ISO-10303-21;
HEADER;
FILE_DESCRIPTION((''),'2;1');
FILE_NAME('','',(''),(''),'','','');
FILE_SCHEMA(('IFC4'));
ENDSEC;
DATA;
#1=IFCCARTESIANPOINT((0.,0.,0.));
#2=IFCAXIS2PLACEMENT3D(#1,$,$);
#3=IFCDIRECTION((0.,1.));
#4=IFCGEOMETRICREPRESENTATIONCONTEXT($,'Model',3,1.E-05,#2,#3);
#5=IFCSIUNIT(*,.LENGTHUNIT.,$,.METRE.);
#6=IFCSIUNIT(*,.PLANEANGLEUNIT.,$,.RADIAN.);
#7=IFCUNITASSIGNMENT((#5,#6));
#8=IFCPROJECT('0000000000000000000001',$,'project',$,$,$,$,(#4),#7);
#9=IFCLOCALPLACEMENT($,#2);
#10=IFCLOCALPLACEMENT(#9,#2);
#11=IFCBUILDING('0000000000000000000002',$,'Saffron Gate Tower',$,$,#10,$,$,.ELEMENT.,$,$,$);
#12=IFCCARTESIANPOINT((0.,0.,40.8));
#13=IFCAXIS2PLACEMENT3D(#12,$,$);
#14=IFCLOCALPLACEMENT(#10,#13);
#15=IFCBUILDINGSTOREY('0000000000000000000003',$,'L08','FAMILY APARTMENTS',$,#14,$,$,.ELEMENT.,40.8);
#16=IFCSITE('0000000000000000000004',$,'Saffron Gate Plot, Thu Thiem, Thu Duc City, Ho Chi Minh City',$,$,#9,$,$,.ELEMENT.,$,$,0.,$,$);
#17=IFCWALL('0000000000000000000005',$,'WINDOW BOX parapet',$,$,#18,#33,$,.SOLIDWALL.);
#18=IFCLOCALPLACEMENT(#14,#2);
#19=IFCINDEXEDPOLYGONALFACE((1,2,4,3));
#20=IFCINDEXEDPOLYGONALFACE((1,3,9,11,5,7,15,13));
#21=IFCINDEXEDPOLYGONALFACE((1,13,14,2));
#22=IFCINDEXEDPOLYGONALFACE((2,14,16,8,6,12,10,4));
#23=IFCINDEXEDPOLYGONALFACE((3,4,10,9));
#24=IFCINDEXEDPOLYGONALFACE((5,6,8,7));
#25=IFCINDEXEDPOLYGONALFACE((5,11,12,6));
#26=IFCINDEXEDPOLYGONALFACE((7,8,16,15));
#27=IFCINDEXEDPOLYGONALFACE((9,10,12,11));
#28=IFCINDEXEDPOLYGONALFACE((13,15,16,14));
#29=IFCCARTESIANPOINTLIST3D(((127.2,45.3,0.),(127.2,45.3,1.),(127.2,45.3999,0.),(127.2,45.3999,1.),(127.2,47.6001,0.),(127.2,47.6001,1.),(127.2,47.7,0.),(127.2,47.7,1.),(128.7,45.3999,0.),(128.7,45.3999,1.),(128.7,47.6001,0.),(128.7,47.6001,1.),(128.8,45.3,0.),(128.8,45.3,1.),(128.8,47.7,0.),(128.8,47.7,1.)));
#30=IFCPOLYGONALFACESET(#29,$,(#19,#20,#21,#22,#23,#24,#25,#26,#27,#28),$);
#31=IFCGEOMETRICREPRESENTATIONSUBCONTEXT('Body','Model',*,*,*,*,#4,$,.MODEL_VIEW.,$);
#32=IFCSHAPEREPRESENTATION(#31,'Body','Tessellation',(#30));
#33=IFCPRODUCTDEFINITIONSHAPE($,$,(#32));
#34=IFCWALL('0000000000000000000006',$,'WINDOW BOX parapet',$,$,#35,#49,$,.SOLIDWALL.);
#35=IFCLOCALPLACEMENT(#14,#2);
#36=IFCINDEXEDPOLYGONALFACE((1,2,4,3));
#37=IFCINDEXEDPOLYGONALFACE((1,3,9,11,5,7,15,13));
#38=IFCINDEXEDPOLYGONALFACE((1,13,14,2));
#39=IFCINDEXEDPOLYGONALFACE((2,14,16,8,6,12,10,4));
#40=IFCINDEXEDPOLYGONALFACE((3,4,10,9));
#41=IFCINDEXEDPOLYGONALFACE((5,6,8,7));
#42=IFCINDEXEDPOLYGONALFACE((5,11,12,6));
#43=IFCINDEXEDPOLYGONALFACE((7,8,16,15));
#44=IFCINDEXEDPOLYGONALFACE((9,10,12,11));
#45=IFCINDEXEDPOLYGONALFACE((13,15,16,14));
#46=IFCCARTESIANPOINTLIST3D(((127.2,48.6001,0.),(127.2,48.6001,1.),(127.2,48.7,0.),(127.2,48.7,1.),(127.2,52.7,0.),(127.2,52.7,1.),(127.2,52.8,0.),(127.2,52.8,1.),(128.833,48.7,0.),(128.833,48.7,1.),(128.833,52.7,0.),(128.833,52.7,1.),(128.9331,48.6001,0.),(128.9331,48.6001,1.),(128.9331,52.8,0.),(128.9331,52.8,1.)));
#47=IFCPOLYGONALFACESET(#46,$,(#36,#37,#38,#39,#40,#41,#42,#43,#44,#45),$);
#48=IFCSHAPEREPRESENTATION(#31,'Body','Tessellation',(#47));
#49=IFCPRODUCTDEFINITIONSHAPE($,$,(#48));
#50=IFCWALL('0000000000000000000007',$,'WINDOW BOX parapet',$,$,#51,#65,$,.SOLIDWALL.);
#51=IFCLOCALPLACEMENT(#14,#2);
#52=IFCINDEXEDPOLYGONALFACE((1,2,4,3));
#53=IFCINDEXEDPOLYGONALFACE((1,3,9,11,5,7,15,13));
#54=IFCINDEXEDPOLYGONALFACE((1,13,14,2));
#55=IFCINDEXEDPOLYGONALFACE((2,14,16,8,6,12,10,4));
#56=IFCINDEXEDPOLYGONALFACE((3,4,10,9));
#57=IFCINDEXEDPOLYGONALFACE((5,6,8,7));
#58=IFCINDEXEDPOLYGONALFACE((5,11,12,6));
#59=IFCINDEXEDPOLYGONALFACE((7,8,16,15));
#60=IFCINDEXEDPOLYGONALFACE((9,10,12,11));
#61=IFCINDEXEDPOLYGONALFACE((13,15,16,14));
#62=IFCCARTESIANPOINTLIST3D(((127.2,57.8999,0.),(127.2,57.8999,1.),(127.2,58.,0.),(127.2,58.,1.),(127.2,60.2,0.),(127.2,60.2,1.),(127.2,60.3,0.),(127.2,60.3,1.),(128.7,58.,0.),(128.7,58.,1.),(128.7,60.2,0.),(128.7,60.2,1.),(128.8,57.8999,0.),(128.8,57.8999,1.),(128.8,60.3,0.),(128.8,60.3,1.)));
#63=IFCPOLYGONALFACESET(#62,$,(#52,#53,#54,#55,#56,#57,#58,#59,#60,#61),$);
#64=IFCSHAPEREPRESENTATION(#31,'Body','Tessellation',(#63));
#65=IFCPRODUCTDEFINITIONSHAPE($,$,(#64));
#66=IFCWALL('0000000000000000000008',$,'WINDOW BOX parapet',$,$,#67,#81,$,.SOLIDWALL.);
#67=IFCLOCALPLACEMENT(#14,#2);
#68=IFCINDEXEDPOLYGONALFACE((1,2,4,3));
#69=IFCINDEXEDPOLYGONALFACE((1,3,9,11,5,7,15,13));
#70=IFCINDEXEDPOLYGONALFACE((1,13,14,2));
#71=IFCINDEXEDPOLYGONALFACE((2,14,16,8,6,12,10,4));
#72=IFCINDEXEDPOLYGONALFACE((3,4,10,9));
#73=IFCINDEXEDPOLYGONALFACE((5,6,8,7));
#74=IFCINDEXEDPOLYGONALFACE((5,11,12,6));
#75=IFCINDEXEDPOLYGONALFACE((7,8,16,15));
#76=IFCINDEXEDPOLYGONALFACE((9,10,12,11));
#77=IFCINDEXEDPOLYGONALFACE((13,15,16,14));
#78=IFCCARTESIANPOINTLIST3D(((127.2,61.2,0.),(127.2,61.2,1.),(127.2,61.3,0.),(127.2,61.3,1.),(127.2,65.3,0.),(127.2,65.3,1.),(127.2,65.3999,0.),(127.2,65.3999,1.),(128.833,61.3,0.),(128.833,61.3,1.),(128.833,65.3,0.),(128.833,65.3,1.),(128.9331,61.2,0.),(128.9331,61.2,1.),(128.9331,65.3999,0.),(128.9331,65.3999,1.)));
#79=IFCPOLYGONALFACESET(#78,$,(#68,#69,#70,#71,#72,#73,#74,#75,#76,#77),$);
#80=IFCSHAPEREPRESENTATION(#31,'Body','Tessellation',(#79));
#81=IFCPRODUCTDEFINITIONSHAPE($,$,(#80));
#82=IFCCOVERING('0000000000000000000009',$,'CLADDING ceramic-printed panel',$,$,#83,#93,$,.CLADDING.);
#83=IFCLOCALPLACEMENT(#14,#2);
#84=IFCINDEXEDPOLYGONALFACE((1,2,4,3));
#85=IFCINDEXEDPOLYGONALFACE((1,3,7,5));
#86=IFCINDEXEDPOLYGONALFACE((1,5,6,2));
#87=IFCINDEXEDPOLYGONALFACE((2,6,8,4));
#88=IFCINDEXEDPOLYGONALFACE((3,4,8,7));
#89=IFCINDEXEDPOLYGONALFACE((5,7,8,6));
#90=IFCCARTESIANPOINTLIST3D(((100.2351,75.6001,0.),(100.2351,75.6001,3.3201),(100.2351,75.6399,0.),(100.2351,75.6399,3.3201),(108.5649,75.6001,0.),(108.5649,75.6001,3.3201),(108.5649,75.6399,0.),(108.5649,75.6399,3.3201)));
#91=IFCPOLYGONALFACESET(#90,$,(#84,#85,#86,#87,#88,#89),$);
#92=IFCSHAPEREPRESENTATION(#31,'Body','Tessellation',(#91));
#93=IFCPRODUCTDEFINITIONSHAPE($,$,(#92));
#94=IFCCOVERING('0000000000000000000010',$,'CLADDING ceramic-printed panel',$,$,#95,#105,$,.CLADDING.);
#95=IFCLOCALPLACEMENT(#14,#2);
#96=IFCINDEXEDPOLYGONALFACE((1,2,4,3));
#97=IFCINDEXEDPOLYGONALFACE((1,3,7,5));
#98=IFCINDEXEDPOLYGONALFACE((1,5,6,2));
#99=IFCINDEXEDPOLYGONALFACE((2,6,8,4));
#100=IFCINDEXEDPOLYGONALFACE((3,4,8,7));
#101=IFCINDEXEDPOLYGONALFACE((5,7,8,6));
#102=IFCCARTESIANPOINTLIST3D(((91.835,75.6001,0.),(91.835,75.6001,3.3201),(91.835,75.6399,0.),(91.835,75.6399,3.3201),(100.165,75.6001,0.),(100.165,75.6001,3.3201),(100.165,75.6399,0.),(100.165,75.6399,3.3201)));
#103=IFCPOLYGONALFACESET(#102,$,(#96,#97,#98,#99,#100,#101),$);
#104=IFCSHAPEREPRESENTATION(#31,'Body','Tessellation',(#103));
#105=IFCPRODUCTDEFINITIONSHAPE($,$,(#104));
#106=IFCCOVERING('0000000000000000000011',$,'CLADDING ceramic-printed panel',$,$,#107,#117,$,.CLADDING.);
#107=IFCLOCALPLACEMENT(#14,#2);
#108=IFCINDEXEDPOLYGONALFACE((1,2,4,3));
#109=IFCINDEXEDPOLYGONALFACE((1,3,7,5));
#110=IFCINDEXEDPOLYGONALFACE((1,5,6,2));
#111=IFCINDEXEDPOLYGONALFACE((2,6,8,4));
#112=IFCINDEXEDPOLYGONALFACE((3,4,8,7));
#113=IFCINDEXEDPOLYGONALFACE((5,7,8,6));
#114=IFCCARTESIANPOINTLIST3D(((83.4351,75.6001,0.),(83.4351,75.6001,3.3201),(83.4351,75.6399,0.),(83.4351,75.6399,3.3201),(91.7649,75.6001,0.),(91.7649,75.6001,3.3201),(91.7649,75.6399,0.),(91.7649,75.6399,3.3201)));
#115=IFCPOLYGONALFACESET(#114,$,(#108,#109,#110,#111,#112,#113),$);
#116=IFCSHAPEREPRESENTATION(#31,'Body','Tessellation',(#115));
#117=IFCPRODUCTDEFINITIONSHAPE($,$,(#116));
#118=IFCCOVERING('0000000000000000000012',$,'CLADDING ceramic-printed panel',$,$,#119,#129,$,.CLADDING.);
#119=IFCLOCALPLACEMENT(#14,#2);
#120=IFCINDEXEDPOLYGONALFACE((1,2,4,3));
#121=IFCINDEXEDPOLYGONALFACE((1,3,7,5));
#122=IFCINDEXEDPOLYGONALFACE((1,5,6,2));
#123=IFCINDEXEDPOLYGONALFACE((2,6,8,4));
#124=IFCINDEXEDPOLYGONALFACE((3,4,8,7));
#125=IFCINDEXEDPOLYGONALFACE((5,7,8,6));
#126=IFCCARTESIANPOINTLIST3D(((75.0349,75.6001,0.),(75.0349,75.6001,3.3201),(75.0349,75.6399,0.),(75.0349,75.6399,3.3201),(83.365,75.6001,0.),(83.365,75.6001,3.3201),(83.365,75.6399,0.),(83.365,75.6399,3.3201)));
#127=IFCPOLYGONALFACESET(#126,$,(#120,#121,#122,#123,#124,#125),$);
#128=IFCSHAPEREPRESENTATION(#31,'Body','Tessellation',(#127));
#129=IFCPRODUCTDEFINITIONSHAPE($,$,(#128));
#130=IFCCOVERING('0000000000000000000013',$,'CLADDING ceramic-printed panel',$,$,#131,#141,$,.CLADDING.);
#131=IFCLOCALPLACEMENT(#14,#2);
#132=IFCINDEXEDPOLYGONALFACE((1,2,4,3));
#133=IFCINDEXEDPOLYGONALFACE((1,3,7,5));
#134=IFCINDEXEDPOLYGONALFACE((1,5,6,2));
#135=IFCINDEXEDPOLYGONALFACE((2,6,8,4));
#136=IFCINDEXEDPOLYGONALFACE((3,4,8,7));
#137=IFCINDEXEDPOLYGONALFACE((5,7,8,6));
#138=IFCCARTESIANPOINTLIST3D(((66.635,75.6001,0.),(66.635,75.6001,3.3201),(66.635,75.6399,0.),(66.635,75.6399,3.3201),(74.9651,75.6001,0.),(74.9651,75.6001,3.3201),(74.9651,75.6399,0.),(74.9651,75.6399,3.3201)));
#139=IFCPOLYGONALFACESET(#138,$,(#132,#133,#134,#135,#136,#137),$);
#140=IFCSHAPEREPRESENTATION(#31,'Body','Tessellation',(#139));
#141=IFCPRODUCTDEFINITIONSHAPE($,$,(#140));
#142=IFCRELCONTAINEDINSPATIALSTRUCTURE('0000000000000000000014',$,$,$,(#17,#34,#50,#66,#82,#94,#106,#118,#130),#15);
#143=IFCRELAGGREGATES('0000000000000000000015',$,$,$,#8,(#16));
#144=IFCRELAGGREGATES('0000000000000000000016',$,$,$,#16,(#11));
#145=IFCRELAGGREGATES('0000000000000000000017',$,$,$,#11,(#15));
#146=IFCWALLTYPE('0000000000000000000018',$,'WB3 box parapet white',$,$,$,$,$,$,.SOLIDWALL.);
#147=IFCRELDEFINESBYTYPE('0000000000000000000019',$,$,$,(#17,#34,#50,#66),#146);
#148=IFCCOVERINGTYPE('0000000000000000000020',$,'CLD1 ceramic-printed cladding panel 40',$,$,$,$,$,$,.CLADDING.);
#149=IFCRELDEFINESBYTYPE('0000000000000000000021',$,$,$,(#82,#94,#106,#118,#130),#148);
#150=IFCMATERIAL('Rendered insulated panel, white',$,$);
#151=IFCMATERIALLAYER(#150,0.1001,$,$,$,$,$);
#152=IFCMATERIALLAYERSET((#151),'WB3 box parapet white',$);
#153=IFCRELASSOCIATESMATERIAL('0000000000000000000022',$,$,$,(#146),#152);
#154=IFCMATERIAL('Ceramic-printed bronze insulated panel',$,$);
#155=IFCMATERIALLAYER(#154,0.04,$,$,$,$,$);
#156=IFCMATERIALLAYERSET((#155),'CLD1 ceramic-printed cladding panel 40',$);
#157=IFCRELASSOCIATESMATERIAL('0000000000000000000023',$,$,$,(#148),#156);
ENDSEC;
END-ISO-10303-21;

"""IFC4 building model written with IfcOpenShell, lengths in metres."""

from ifc_helpers import new_model, si_unit, direction, frame, origin, place, context, subcontext, project, spatial, polyline, outline, extrude, material, layer, layer_set, type_object, element, save


model = new_model("IFC4")

# Units and contexts
model_context = context("Model", 3, precision=1e-05, world=origin(), true_north=direction((0.0, 1.0)))
body_context = subcontext(model_context, "Body", "Model", "MODEL_VIEW")
ifc_project = project(units=[si_unit("LENGTHUNIT", "METRE"), si_unit("PLANEANGLEUNIT", "RADIAN")], contexts=[model_context])

# Site, building, storey
site_placement = place(None, origin())
site = spatial("IfcSite", under=ifc_project, at=site_placement, Name="Saffron Gate Plot, Thu Thiem, Thu Duc City, Ho Chi Minh City", CompositionType="ELEMENT", RefElevation=0.0)
building_placement = place(site_placement, origin())
building = spatial("IfcBuilding", under=site, at=building_placement, Name="Saffron Gate Tower", CompositionType="ELEMENT")
storey_placement = place(building_placement, frame((0.0, 0.0, 40.8)))
storey = spatial("IfcBuildingStorey", under=building, at=storey_placement, Name="L08", Description="FAMILY APARTMENTS", CompositionType="ELEMENT", Elevation=40.8)

# Walls
ifc_material_1 = material(Name="Rendered insulated panel, white")
ifc_layer_1 = layer(ifc_material_1, 0.1001)
ifc_layer_set_1 = layer_set([ifc_layer_1], Name="WB3 box parapet white")
wall_type = type_object("IfcWallType", Name="WB3 box parapet white", PredefinedType="SOLIDWALL", material=ifc_layer_set_1)
wall_1_placement = place(storey_placement, origin())
element("IfcWall", 1, at=wall_1_placement, inside=storey, type_object=wall_type, Name="WINDOW BOX parapet", PredefinedType="SOLIDWALL", context=body_context, shape_type="SweptSolid", body=[
    extrude(outline(polyline([(127.2, 45.3), (127.2, 45.3999), (128.7, 45.3999), (128.7, 47.6001), (127.2, 47.6001), (127.2, 47.7), (128.8, 47.7), (128.8, 45.3), (127.2, 45.3)])), origin(), (0.0, 0.0, 1.0), 1.0),
])
wall_2_placement = place(storey_placement, origin())
element("IfcWall", 2, at=wall_2_placement, inside=storey, type_object=wall_type, Name="WINDOW BOX parapet", PredefinedType="SOLIDWALL", context=body_context, shape_type="SweptSolid", body=[
    extrude(outline(polyline([(127.2, 48.6001), (127.2, 48.7), (128.833, 48.7), (128.833, 52.7), (127.2, 52.7), (127.2, 52.8), (128.9331, 52.8), (128.9331, 48.6001), (127.2, 48.6001)])), origin(), (0.0, 0.0, 1.0), 1.0),
])
wall_3_placement = place(storey_placement, origin())
element("IfcWall", 3, at=wall_3_placement, inside=storey, type_object=wall_type, Name="WINDOW BOX parapet", PredefinedType="SOLIDWALL", context=body_context, shape_type="SweptSolid", body=[
    extrude(outline(polyline([(127.2, 57.8999), (127.2, 58.0), (128.7, 58.0), (128.7, 60.2), (127.2, 60.2), (127.2, 60.3), (128.8, 60.3), (128.8, 57.8999), (127.2, 57.8999)])), origin(), (0.0, 0.0, 1.0), 1.0),
])
wall_4_placement = place(storey_placement, origin())
element("IfcWall", 4, at=wall_4_placement, inside=storey, type_object=wall_type, Name="WINDOW BOX parapet", PredefinedType="SOLIDWALL", context=body_context, shape_type="SweptSolid", body=[
    extrude(outline(polyline([(127.2, 61.2), (127.2, 61.3), (128.833, 61.3), (128.833, 65.3), (127.2, 65.3), (127.2, 65.3999), (128.9331, 65.3999), (128.9331, 61.2), (127.2, 61.2)])), origin(), (0.0, 0.0, 1.0), 1.0),
])

# Coverings
ifc_material_2 = material(Name="Ceramic-printed bronze insulated panel")
ifc_layer_2 = layer(ifc_material_2, 0.04)
ifc_layer_set_2 = layer_set([ifc_layer_2], Name="CLD1 ceramic-printed cladding panel 40")
covering_type = type_object("IfcCoveringType", Name="CLD1 ceramic-printed cladding panel 40", PredefinedType="CLADDING", material=ifc_layer_set_2)
covering_1_placement = place(storey_placement, origin())
element("IfcCovering", 5, at=covering_1_placement, inside=storey, type_object=covering_type, Name="CLADDING ceramic-printed panel", PredefinedType="CLADDING", context=body_context, shape_type="SweptSolid", body=[
    extrude(outline(polyline([(108.5649, 75.6399), (100.2351, 75.6399), (100.2351, 75.6001), (108.5649, 75.6001), (108.5649, 75.6399)])), origin(), (0.0, 0.0, 1.0), 3.3201),
])
covering_2_placement = place(storey_placement, origin())
element("IfcCovering", 6, at=covering_2_placement, inside=storey, type_object=covering_type, Name="CLADDING ceramic-printed panel", PredefinedType="CLADDING", context=body_context, shape_type="SweptSolid", body=[
    extrude(outline(polyline([(100.165, 75.6399), (91.835, 75.6399), (91.835, 75.6001), (100.165, 75.6001), (100.165, 75.6399)])), origin(), (0.0, 0.0, 1.0), 3.3201),
])
covering_3_placement = place(storey_placement, origin())
element("IfcCovering", 7, at=covering_3_placement, inside=storey, type_object=covering_type, Name="CLADDING ceramic-printed panel", PredefinedType="CLADDING", context=body_context, shape_type="SweptSolid", body=[
    extrude(outline(polyline([(91.7649, 75.6399), (83.4351, 75.6399), (83.4351, 75.6001), (91.7649, 75.6001), (91.7649, 75.6399)])), origin(), (0.0, 0.0, 1.0), 3.3201),
])
covering_4_placement = place(storey_placement, origin())
element("IfcCovering", 8, at=covering_4_placement, inside=storey, type_object=covering_type, Name="CLADDING ceramic-printed panel", PredefinedType="CLADDING", context=body_context, shape_type="SweptSolid", body=[
    extrude(outline(polyline([(83.365, 75.6399), (75.0349, 75.6399), (75.0349, 75.6001), (83.365, 75.6001), (83.365, 75.6399)])), origin(), (0.0, 0.0, 1.0), 3.3201),
])
covering_5_placement = place(storey_placement, origin())
element("IfcCovering", 9, at=covering_5_placement, inside=storey, type_object=covering_type, Name="CLADDING ceramic-printed panel", PredefinedType="CLADDING", context=body_context, shape_type="SweptSolid", body=[
    extrude(outline(polyline([(74.9651, 75.6399), (66.635, 75.6399), (66.635, 75.6001), (74.9651, 75.6001), (74.9651, 75.6399)])), origin(), (0.0, 0.0, 1.0), 3.3201),
])

save(model, "model.ifc")
